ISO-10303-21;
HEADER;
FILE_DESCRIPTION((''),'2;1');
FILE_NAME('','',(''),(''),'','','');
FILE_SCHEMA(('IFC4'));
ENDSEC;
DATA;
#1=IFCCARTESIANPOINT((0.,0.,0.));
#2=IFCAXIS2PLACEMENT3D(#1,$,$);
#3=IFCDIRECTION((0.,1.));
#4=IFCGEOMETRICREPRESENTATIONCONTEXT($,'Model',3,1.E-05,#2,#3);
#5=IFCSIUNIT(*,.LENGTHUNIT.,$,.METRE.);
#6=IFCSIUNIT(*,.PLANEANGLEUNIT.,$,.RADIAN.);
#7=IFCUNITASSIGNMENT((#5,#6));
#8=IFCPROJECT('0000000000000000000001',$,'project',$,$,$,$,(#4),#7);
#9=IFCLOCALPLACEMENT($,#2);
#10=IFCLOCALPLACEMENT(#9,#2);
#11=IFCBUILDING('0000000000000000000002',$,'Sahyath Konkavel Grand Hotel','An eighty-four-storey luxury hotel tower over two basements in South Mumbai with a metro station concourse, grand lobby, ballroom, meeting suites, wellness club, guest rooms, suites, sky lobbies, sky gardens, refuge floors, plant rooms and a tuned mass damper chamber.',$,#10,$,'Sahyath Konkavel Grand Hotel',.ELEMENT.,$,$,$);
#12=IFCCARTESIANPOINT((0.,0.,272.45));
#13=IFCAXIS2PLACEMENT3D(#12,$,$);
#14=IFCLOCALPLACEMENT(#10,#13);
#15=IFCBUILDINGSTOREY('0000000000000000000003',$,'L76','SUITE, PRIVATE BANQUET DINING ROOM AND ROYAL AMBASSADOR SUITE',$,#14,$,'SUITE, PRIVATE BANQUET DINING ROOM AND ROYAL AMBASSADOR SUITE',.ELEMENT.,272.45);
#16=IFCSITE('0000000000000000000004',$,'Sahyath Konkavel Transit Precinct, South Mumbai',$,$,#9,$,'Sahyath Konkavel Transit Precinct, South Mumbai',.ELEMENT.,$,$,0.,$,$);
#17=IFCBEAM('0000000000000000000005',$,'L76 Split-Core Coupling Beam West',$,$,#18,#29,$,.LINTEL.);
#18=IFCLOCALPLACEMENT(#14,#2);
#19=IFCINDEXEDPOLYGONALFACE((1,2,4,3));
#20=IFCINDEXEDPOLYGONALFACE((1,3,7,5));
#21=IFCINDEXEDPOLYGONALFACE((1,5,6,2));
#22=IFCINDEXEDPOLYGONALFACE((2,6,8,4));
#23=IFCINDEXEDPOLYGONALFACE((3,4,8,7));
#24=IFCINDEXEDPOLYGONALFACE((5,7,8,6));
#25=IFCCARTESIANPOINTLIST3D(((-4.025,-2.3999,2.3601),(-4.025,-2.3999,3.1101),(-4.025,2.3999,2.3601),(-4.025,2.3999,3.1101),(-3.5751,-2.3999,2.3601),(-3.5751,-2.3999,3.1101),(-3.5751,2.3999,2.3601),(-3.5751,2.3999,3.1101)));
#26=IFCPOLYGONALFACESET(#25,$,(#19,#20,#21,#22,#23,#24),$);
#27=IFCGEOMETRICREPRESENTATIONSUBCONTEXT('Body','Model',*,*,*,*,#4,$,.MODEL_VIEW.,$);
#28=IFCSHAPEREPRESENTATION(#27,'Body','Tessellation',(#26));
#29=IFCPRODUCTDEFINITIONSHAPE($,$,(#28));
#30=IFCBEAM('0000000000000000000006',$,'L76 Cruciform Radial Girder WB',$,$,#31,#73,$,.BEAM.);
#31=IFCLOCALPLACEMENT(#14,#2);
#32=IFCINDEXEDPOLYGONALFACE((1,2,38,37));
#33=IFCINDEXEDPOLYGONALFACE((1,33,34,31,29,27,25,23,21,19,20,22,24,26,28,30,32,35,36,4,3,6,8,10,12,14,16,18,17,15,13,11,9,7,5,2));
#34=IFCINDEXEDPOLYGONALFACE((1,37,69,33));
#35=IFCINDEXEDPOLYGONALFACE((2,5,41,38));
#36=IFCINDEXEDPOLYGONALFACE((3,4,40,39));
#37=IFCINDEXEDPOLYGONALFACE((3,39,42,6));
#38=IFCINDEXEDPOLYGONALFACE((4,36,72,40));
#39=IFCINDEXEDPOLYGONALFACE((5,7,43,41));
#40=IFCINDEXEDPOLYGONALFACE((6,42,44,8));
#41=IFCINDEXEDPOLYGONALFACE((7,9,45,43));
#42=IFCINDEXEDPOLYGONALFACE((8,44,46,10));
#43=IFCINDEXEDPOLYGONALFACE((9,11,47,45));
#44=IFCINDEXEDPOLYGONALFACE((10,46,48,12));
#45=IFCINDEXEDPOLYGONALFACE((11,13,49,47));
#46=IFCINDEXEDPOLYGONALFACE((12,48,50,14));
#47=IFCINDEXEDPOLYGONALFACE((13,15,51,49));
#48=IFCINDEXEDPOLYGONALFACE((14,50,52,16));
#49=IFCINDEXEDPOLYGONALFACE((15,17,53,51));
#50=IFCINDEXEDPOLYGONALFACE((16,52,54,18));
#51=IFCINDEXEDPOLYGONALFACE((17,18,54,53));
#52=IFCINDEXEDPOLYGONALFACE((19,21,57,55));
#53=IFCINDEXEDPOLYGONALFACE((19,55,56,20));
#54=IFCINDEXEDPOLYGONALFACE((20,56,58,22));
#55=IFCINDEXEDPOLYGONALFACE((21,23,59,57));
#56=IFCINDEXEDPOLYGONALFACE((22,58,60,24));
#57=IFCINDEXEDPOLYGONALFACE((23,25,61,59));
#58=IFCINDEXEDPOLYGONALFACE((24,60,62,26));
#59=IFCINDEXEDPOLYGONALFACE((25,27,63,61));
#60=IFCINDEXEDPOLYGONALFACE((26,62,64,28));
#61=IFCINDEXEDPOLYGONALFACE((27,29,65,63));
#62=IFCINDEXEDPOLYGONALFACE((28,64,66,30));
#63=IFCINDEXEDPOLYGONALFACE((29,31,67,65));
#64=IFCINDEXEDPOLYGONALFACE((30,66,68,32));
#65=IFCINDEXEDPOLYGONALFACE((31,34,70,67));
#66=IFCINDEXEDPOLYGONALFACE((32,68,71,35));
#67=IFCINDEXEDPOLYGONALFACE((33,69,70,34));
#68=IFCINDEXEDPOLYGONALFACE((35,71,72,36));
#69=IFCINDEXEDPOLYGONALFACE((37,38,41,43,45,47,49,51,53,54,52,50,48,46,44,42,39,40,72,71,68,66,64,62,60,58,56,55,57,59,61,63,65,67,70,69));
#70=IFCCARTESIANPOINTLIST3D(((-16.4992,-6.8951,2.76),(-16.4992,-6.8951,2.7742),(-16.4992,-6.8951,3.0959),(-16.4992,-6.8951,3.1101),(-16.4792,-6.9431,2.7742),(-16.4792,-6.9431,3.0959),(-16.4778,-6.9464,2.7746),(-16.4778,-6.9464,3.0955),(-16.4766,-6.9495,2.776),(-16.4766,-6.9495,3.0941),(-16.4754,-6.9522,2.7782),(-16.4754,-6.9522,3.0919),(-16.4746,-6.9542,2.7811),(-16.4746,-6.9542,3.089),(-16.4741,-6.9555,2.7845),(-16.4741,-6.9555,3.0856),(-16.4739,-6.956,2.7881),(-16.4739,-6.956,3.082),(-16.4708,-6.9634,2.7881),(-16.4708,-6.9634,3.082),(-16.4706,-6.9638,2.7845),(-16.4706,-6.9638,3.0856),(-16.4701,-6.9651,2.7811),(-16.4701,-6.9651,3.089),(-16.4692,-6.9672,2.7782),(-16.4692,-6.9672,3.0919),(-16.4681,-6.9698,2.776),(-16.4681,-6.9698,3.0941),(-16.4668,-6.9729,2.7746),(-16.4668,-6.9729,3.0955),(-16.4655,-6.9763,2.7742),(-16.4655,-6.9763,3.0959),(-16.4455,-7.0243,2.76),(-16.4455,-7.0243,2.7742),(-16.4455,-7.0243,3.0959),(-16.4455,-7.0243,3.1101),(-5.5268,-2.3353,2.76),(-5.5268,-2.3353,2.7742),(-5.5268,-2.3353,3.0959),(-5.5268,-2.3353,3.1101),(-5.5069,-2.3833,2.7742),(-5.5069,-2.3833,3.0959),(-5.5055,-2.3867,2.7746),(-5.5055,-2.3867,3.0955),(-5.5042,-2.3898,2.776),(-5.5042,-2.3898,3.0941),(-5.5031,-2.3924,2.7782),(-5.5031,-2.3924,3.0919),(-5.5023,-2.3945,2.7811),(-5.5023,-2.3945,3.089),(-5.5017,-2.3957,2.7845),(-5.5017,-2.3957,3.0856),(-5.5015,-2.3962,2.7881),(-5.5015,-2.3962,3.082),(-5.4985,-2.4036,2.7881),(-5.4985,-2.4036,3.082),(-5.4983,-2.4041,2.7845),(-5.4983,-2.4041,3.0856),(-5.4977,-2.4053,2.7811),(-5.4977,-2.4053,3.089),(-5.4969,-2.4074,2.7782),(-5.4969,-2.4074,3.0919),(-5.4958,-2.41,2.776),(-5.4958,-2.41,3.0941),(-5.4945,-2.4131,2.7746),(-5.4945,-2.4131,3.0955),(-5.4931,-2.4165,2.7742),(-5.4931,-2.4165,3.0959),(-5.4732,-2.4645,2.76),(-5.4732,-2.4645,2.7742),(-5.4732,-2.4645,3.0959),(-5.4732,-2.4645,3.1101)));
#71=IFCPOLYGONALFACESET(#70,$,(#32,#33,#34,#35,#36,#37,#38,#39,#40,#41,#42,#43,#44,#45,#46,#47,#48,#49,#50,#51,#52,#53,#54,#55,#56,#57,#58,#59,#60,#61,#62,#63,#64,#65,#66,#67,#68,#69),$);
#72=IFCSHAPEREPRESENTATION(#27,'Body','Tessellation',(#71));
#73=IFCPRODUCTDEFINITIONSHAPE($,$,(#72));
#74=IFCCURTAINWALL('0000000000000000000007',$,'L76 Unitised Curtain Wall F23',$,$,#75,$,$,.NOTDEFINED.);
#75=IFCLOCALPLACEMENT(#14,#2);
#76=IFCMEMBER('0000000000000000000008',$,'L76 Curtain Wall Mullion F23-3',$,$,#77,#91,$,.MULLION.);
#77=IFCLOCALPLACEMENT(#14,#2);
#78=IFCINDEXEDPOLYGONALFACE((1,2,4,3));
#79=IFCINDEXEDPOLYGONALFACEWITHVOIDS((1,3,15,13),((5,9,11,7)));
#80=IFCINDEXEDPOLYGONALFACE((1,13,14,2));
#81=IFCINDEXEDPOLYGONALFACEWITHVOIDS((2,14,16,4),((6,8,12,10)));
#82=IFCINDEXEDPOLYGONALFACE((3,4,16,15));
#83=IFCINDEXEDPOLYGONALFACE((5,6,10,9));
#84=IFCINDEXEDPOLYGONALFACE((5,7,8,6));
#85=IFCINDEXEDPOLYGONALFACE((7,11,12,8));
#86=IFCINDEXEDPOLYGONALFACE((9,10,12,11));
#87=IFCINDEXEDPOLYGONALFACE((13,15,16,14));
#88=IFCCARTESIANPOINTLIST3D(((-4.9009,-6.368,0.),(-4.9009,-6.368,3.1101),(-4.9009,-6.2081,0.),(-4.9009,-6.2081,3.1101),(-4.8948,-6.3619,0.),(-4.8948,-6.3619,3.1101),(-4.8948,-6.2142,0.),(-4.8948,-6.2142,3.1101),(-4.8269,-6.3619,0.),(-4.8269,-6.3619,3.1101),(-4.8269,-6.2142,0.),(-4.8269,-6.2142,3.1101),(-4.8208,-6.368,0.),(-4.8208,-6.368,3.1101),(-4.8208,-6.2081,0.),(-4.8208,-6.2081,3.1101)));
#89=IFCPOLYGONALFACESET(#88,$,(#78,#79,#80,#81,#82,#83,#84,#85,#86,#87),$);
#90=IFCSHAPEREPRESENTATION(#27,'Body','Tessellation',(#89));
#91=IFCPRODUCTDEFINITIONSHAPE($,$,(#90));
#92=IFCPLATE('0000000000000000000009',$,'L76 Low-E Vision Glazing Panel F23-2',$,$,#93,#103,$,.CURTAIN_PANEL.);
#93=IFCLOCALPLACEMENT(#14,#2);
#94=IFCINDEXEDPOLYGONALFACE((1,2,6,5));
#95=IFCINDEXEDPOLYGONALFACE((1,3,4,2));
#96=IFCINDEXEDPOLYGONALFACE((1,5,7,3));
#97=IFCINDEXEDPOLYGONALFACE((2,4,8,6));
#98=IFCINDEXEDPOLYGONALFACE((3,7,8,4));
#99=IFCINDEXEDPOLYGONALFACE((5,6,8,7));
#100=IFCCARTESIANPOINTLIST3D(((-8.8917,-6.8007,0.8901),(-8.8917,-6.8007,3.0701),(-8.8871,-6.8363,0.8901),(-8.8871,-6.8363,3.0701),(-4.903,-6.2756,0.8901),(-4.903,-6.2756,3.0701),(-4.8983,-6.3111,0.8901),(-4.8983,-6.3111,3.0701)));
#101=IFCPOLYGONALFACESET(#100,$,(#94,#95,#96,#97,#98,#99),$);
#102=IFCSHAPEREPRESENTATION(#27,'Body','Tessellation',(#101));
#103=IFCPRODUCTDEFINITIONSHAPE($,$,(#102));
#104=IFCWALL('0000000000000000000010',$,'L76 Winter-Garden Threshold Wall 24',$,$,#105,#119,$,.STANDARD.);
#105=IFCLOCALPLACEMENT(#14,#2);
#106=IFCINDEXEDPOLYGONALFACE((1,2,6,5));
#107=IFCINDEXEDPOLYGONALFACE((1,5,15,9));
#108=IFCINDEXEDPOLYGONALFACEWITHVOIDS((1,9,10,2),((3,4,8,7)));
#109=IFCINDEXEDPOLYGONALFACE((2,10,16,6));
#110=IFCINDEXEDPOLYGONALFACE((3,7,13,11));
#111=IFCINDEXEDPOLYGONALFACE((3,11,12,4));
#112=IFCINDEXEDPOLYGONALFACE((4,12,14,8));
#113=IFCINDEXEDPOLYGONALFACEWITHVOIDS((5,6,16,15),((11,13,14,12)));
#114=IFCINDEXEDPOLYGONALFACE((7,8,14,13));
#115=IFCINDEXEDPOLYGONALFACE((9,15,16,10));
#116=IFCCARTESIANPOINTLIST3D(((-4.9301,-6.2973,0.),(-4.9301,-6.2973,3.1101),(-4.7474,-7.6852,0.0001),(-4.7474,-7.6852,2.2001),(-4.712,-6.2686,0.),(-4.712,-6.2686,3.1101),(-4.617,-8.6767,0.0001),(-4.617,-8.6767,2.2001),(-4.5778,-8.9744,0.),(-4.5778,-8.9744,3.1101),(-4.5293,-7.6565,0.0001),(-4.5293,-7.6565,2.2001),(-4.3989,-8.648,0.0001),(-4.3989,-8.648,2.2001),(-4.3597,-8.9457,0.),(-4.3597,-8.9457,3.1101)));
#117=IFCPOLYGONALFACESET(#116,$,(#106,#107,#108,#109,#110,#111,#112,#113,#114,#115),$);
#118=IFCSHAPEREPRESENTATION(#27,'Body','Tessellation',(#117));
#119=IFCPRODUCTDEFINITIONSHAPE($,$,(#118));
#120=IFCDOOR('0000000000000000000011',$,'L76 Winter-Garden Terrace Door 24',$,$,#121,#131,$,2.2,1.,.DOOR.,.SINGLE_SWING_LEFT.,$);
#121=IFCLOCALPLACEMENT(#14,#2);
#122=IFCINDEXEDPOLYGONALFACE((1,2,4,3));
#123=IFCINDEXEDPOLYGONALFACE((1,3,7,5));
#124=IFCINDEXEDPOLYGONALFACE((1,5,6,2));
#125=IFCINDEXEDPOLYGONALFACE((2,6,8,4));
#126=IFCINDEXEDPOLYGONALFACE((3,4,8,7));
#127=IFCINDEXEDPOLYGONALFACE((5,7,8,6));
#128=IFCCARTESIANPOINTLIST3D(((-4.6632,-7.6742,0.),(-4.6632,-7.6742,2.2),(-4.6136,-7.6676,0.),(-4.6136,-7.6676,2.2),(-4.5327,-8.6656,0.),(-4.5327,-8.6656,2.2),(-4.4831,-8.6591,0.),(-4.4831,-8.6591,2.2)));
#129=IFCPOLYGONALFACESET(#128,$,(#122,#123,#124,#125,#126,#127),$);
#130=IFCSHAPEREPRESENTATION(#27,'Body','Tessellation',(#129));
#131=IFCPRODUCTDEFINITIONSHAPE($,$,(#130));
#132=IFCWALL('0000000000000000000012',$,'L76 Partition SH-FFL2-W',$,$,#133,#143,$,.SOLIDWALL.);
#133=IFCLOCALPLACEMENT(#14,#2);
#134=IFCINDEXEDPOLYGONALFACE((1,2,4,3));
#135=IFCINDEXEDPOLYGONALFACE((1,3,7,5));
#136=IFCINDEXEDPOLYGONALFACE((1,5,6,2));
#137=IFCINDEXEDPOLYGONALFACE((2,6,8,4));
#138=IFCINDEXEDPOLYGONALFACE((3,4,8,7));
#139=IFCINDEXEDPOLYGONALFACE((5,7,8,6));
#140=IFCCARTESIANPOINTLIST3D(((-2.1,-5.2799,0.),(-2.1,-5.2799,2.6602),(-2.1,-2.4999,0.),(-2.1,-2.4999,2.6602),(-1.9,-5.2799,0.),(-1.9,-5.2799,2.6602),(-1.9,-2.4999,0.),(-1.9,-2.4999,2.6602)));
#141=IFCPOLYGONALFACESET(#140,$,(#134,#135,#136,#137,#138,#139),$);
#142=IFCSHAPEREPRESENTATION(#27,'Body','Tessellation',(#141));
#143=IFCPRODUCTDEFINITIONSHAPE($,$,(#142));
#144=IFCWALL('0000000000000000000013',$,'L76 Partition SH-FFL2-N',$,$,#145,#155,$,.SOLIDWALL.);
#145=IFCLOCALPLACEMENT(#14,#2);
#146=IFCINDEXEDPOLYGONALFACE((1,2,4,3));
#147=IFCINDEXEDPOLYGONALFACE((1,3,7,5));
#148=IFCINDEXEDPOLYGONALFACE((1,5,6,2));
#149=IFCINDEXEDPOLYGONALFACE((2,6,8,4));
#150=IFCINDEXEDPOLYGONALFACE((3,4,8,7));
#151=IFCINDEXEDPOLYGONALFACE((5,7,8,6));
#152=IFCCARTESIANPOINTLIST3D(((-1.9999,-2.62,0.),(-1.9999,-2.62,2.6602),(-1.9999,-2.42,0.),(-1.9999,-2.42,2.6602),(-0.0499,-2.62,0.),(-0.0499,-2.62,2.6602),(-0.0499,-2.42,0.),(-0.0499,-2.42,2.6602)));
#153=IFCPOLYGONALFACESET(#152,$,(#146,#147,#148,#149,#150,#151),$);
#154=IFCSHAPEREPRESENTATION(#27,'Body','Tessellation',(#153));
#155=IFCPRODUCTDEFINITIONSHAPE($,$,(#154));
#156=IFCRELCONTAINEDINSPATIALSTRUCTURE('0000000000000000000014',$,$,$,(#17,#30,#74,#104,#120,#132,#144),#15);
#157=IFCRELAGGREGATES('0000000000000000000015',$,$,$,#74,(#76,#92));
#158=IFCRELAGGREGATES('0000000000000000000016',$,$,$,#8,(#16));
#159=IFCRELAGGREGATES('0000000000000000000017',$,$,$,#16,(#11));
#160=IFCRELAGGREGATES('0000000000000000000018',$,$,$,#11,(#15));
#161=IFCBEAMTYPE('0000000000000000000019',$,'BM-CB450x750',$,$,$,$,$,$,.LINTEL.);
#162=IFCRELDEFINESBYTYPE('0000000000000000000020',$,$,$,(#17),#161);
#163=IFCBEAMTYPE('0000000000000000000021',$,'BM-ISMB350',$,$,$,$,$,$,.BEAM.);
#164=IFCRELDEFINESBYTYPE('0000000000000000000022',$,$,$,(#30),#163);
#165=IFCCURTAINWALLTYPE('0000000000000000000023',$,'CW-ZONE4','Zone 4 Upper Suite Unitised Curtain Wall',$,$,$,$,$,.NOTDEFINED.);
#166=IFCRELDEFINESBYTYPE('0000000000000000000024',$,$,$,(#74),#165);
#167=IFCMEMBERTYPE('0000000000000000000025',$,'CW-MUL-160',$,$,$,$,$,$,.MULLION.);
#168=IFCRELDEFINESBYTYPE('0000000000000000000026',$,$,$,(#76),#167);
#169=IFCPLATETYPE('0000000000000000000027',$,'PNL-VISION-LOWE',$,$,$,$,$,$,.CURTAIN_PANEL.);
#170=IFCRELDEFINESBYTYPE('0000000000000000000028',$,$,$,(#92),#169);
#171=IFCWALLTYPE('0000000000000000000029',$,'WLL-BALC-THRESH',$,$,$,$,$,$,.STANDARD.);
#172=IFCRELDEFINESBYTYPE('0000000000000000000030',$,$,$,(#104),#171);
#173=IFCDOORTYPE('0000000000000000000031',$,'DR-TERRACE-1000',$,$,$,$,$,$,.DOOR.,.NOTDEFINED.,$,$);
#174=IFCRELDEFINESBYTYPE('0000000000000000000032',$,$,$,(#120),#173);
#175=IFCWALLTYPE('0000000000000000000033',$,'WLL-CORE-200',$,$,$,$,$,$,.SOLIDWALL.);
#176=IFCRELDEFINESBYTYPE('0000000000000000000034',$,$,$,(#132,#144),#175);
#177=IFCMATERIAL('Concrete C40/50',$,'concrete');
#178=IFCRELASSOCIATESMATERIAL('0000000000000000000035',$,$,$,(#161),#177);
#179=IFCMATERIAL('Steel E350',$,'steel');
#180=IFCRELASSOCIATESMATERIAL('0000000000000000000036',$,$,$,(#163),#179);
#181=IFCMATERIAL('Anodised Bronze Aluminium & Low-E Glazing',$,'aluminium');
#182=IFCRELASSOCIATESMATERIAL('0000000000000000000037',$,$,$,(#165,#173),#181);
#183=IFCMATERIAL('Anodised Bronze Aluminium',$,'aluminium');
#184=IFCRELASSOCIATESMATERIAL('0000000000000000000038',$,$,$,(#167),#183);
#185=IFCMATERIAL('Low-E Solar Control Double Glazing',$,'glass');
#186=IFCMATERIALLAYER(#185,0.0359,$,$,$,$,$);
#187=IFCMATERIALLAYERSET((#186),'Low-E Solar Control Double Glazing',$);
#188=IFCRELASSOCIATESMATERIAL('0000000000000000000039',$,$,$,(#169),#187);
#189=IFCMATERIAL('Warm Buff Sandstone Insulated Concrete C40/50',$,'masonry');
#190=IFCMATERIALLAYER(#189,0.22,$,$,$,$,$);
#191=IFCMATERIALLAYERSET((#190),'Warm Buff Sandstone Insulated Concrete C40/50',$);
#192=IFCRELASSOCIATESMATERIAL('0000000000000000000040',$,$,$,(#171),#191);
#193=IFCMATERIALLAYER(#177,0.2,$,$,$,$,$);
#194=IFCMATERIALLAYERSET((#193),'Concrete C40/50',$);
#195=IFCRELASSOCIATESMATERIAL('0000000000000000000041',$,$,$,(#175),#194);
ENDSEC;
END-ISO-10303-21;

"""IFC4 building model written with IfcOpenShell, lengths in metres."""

from ifc_helpers import new_model, si_unit, direction, frame, frame_2d, origin, origin_2d, place, context, subcontext, project, spatial, rectangle, hollow_rectangle, i_section, extrude, source, transform, mapped, material, layer, layer_set, material_profile, profile_set, type_object, element, fill, aggregate, save


model = new_model("IFC4")

# Units and contexts
model_context = context("Model", 3, precision=1e-05, world=origin(), true_north=direction((0.0, 1.0)))
body_context = subcontext(model_context, "Body", "Model", "MODEL_VIEW")
ifc_project = project(units=[si_unit("LENGTHUNIT", "METRE"), si_unit("PLANEANGLEUNIT", "RADIAN")], contexts=[model_context])

# Site, building, storey
site_placement = place(None, origin())
site = spatial("IfcSite", under=ifc_project, at=site_placement, Name="Sahyath Konkavel Transit Precinct, South Mumbai", LongName="Sahyath Konkavel Transit Precinct, South Mumbai", CompositionType="ELEMENT", RefElevation=0.0)
building_placement = place(site_placement, origin())
building = spatial("IfcBuilding", under=site, at=building_placement, Name="Sahyath Konkavel Grand Hotel", Description="An eighty-four-storey luxury hotel tower over two basements in South Mumbai with a metro station concourse, grand lobby, ballroom, meeting suites, wellness club, guest rooms, suites, sky lobbies, sky gardens, refuge floors, plant rooms and a tuned mass damper chamber.", LongName="Sahyath Konkavel Grand Hotel", CompositionType="ELEMENT")
storey_placement = place(building_placement, frame((0.0, 0.0, 272.45)))
storey = spatial("IfcBuildingStorey", under=building, at=storey_placement, Name="L76", Description="SUITE, PRIVATE BANQUET DINING ROOM AND ROYAL AMBASSADOR SUITE", LongName="SUITE, PRIVATE BANQUET DINING ROOM AND ROYAL AMBASSADOR SUITE", CompositionType="ELEMENT", Elevation=272.45)

# Shared definitions
ifc_material_1 = material(Name="Concrete C40/50", Category="concrete")

# Beams
ifc_material_2 = material(Name="Steel E350", Category="steel")
ifc_material_profile_1 = material_profile(ifc_material_1, rectangle(XDim=0.45, YDim=0.75, at=origin_2d()), Name="RC 450x750")
ifc_profile_set_1 = profile_set([ifc_material_profile_1], Name="Concrete C40/50")
beam_type_1 = type_object("IfcBeamType", Name="BM-CB450x750", PredefinedType="LINTEL", material=ifc_profile_set_1)
shared_shape_1 = source(origin(), body_context, "Body", "SweptSolid", [
    extrude(rectangle(XDim=0.45, YDim=0.75, at=origin_2d()), origin(), (0.0, 0.0, 1.0), 4.7998),
])
beam_1_placement = place(storey_placement, frame((-3.8, -2.3999, 2.7351), z_axis=(0.0, 1.0, 0.0), x_axis=(-1.0, 0.0, 0.0)))
element("IfcBeam", 1, at=beam_1_placement, inside=storey, type_object=beam_type_1, Name="L76 Split-Core Coupling Beam West", PredefinedType="LINTEL", context=body_context, shape_type="MappedRepresentation", body=[
    mapped(shared_shape_1, transform((0.0, 0.0, 0.0), scale=1.0)),
])
ifc_material_profile_2 = material_profile(ifc_material_2, i_section(OverallWidth=0.1399, OverallDepth=0.3501, WebThickness=0.0081, FlangeThickness=0.0142, FilletRadius=0.0139, at=origin_2d()), Name="ISMB 350")
ifc_profile_set_2 = profile_set([ifc_material_profile_2], Name="Steel E350")
beam_type_2 = type_object("IfcBeamType", Name="BM-ISMB350", PredefinedType="BEAM", material=ifc_profile_set_2)
shared_shape_2 = source(origin(), body_context, "Body", "SweptSolid", [
    extrude(i_section(OverallWidth=0.1399, OverallDepth=0.3501, WebThickness=0.0081, FlangeThickness=0.0142, FilletRadius=0.0139, at=origin_2d()), origin(), (0.0, 0.0, 1.0), 11.8821),
])
beam_2_placement = place(storey_placement, frame((-5.5, -2.3999, 2.9351), z_axis=(-0.923436, -0.383753, 0.0), x_axis=(0.383753, -0.923436, 0.0)))
element("IfcBeam", 2, at=beam_2_placement, inside=storey, type_object=beam_type_2, Name="L76 Cruciform Radial Girder WB", PredefinedType="BEAM", context=body_context, shape_type="MappedRepresentation", body=[
    mapped(shared_shape_2, transform((0.0, 0.0, 0.0), scale=1.0)),
])

# Curtain wall, member, plate
ifc_material_3 = material(Name="Anodised Bronze Aluminium & Low-E Glazing", Category="aluminium")
curtain_wall_type = type_object("IfcCurtainWallType", Name="CW-ZONE4", Description="Zone 4 Upper Suite Unitised Curtain Wall", PredefinedType="NOTDEFINED", material=ifc_material_3)
curtain_wall_placement = place(storey_placement, origin())
curtain_wall = element("IfcCurtainWall", 3, at=curtain_wall_placement, inside=storey, type_object=curtain_wall_type, Name="L76 Unitised Curtain Wall F23", PredefinedType="NOTDEFINED")
ifc_material_4 = material(Name="Anodised Bronze Aluminium", Category="aluminium")
ifc_material_profile_3 = material_profile(ifc_material_4, hollow_rectangle(XDim=0.0801, YDim=0.1599, WallThickness=0.0061, at=origin_2d()), Name="RHS 160x80x6")
ifc_profile_set_3 = profile_set([ifc_material_profile_3], Name="Anodised Bronze Aluminium")
member_type = type_object("IfcMemberType", Name="CW-MUL-160", PredefinedType="MULLION", material=ifc_profile_set_3)
shared_shape_3 = source(origin(), body_context, "Body", "SweptSolid", [
    extrude(hollow_rectangle(XDim=0.0801, YDim=0.1599, WallThickness=0.0061, at=origin_2d()), origin(), (0.0, 0.0, 1.0), 3.1101),
])
member_placement = place(storey_placement, frame((-4.8608, -6.2881, 0.0), z_axis=(0.0, 0.0, 1.0), x_axis=(1.0, 0.0, 0.0)))
member = element("IfcMember", 4, at=member_placement, type_object=member_type, Name="L76 Curtain Wall Mullion F23-3", PredefinedType="MULLION", context=body_context, shape_type="MappedRepresentation", body=[
    mapped(shared_shape_3, transform((0.0, 0.0, 0.0), scale=1.0)),
])
ifc_material_5 = material(Name="Low-E Solar Control Double Glazing", Category="glass")
ifc_layer_1 = layer(ifc_material_5, 0.0359)
ifc_layer_set_1 = layer_set([ifc_layer_1], Name="Low-E Solar Control Double Glazing")
plate_type = type_object("IfcPlateType", Name="PNL-VISION-LOWE", PredefinedType="CURTAIN_PANEL", material=ifc_layer_set_1)
shared_shape_4 = source(origin(), body_context, "Body", "SweptSolid", [
    extrude(rectangle(XDim=4.0232, YDim=0.0359, at=origin_2d()), origin(), (0.0, 0.0, 1.0), 2.1799),
])
plate_placement = place(storey_placement, frame((-6.895, -6.5559, 0.8901), z_axis=(0.0, 0.0, 1.0), x_axis=(0.991445, 0.130526, 0.0)))
plate = element("IfcPlate", 5, at=plate_placement, type_object=plate_type, Name="L76 Low-E Vision Glazing Panel F23-2", PredefinedType="CURTAIN_PANEL", context=body_context, shape_type="MappedRepresentation", body=[
    mapped(shared_shape_4, transform((0.0, 0.0, 0.0), scale=1.0)),
])
aggregate(curtain_wall, [member, plate])

# Wall, opening, door
ifc_material_6 = material(Name="Warm Buff Sandstone Insulated Concrete C40/50", Category="masonry")
ifc_layer_2 = layer(ifc_material_6, 0.22)
ifc_layer_set_2 = layer_set([ifc_layer_2], Name="Warm Buff Sandstone Insulated Concrete C40/50")
wall_type_1 = type_object("IfcWallType", Name="WLL-BALC-THRESH", PredefinedType="STANDARD", material=ifc_layer_set_2)
wall_1_placement = place(storey_placement, frame((-4.821, -6.283, 0.0), z_axis=(0.0, 0.0, 1.0), x_axis=(0.130476, -0.991452, 0.0)))
wall_1 = element("IfcWall", 6, at=wall_1_placement, inside=storey, type_object=wall_type_1, Name="L76 Winter-Garden Threshold Wall 24", PredefinedType="STANDARD", context=body_context, shape_type="SweptSolid", body=[
    extrude(rectangle(XDim=2.7002, YDim=0.22, at=frame_2d((1.3501, 0.0))), origin(), (0.0, 0.0, 1.0), 3.1101),
])
opening_1_placement = place(wall_1_placement, frame((1.3999, 0.0, 0.0)))
opening_1 = element("IfcOpeningElement", 7, at=opening_1_placement, cuts=wall_1, PredefinedType="OPENING", context=body_context, shape_type="SweptSolid", body=[
    extrude(rectangle(XDim=1.0, YDim=2.2, at=frame_2d((0.5, 1.1001))), frame((0.0, 0.1201, 0.0), z_axis=(0.0, -1.0, 0.0), x_axis=(1.0, 0.0, 0.0)), (0.0, 0.0, 1.0), 0.24),
])
door_type_1 = type_object("IfcDoorType", Name="DR-TERRACE-1000", OperationType="NOTDEFINED", PredefinedType="DOOR", material=ifc_material_3)
shared_shape_5 = source(origin(), body_context, "Body", "SweptSolid", [
    extrude(rectangle(XDim=1.0, YDim=0.05, at=origin_2d()), origin(), (0.0, 0.0, 1.0), 2.2),
])
door_1_placement = place(opening_1_placement, frame((0.5, 0.0, 0.0)))
door_1 = element("IfcDoor", 8, at=door_1_placement, inside=storey, type_object=door_type_1, Name="L76 Winter-Garden Terrace Door 24", OperationType="SINGLE_SWING_LEFT", OverallHeight=2.2, OverallWidth=1.0, PredefinedType="DOOR", context=body_context, shape_type="MappedRepresentation", body=[
    mapped(shared_shape_5, transform((0.0, 0.0, 0.0), scale=1.0)),
])
fill(opening_1, door_1)

# Walls
ifc_layer_3 = layer(ifc_material_1, 0.2)
ifc_layer_set_3 = layer_set([ifc_layer_3], Name="Concrete C40/50")
wall_type_2 = type_object("IfcWallType", Name="WLL-CORE-200", PredefinedType="SOLIDWALL", material=ifc_layer_set_3)
wall_2_placement = place(storey_placement, frame((-2.0, -5.28, 0.0), z_axis=(0.0, 0.0, 1.0), x_axis=(0.0, 1.0, 0.0)))
element("IfcWall", 9, at=wall_2_placement, inside=storey, type_object=wall_type_2, Name="L76 Partition SH-FFL2-W", PredefinedType="SOLIDWALL", context=body_context, shape_type="SweptSolid", body=[
    extrude(rectangle(XDim=2.78, YDim=0.2, at=frame_2d((1.3901, 0.0))), origin(), (0.0, 0.0, 1.0), 2.6602),
])
wall_3_placement = place(storey_placement, frame((-2.0, -2.52, 0.0), z_axis=(0.0, 0.0, 1.0), x_axis=(1.0, 0.0, 0.0)))
element("IfcWall", 10, at=wall_3_placement, inside=storey, type_object=wall_type_2, Name="L76 Partition SH-FFL2-N", PredefinedType="SOLIDWALL", context=body_context, shape_type="SweptSolid", body=[
    extrude(rectangle(XDim=1.95, YDim=0.2, at=frame_2d((0.9751, 0.0))), origin(), (0.0, 0.0, 1.0), 2.6602),
])

save(model, "model.ifc")
